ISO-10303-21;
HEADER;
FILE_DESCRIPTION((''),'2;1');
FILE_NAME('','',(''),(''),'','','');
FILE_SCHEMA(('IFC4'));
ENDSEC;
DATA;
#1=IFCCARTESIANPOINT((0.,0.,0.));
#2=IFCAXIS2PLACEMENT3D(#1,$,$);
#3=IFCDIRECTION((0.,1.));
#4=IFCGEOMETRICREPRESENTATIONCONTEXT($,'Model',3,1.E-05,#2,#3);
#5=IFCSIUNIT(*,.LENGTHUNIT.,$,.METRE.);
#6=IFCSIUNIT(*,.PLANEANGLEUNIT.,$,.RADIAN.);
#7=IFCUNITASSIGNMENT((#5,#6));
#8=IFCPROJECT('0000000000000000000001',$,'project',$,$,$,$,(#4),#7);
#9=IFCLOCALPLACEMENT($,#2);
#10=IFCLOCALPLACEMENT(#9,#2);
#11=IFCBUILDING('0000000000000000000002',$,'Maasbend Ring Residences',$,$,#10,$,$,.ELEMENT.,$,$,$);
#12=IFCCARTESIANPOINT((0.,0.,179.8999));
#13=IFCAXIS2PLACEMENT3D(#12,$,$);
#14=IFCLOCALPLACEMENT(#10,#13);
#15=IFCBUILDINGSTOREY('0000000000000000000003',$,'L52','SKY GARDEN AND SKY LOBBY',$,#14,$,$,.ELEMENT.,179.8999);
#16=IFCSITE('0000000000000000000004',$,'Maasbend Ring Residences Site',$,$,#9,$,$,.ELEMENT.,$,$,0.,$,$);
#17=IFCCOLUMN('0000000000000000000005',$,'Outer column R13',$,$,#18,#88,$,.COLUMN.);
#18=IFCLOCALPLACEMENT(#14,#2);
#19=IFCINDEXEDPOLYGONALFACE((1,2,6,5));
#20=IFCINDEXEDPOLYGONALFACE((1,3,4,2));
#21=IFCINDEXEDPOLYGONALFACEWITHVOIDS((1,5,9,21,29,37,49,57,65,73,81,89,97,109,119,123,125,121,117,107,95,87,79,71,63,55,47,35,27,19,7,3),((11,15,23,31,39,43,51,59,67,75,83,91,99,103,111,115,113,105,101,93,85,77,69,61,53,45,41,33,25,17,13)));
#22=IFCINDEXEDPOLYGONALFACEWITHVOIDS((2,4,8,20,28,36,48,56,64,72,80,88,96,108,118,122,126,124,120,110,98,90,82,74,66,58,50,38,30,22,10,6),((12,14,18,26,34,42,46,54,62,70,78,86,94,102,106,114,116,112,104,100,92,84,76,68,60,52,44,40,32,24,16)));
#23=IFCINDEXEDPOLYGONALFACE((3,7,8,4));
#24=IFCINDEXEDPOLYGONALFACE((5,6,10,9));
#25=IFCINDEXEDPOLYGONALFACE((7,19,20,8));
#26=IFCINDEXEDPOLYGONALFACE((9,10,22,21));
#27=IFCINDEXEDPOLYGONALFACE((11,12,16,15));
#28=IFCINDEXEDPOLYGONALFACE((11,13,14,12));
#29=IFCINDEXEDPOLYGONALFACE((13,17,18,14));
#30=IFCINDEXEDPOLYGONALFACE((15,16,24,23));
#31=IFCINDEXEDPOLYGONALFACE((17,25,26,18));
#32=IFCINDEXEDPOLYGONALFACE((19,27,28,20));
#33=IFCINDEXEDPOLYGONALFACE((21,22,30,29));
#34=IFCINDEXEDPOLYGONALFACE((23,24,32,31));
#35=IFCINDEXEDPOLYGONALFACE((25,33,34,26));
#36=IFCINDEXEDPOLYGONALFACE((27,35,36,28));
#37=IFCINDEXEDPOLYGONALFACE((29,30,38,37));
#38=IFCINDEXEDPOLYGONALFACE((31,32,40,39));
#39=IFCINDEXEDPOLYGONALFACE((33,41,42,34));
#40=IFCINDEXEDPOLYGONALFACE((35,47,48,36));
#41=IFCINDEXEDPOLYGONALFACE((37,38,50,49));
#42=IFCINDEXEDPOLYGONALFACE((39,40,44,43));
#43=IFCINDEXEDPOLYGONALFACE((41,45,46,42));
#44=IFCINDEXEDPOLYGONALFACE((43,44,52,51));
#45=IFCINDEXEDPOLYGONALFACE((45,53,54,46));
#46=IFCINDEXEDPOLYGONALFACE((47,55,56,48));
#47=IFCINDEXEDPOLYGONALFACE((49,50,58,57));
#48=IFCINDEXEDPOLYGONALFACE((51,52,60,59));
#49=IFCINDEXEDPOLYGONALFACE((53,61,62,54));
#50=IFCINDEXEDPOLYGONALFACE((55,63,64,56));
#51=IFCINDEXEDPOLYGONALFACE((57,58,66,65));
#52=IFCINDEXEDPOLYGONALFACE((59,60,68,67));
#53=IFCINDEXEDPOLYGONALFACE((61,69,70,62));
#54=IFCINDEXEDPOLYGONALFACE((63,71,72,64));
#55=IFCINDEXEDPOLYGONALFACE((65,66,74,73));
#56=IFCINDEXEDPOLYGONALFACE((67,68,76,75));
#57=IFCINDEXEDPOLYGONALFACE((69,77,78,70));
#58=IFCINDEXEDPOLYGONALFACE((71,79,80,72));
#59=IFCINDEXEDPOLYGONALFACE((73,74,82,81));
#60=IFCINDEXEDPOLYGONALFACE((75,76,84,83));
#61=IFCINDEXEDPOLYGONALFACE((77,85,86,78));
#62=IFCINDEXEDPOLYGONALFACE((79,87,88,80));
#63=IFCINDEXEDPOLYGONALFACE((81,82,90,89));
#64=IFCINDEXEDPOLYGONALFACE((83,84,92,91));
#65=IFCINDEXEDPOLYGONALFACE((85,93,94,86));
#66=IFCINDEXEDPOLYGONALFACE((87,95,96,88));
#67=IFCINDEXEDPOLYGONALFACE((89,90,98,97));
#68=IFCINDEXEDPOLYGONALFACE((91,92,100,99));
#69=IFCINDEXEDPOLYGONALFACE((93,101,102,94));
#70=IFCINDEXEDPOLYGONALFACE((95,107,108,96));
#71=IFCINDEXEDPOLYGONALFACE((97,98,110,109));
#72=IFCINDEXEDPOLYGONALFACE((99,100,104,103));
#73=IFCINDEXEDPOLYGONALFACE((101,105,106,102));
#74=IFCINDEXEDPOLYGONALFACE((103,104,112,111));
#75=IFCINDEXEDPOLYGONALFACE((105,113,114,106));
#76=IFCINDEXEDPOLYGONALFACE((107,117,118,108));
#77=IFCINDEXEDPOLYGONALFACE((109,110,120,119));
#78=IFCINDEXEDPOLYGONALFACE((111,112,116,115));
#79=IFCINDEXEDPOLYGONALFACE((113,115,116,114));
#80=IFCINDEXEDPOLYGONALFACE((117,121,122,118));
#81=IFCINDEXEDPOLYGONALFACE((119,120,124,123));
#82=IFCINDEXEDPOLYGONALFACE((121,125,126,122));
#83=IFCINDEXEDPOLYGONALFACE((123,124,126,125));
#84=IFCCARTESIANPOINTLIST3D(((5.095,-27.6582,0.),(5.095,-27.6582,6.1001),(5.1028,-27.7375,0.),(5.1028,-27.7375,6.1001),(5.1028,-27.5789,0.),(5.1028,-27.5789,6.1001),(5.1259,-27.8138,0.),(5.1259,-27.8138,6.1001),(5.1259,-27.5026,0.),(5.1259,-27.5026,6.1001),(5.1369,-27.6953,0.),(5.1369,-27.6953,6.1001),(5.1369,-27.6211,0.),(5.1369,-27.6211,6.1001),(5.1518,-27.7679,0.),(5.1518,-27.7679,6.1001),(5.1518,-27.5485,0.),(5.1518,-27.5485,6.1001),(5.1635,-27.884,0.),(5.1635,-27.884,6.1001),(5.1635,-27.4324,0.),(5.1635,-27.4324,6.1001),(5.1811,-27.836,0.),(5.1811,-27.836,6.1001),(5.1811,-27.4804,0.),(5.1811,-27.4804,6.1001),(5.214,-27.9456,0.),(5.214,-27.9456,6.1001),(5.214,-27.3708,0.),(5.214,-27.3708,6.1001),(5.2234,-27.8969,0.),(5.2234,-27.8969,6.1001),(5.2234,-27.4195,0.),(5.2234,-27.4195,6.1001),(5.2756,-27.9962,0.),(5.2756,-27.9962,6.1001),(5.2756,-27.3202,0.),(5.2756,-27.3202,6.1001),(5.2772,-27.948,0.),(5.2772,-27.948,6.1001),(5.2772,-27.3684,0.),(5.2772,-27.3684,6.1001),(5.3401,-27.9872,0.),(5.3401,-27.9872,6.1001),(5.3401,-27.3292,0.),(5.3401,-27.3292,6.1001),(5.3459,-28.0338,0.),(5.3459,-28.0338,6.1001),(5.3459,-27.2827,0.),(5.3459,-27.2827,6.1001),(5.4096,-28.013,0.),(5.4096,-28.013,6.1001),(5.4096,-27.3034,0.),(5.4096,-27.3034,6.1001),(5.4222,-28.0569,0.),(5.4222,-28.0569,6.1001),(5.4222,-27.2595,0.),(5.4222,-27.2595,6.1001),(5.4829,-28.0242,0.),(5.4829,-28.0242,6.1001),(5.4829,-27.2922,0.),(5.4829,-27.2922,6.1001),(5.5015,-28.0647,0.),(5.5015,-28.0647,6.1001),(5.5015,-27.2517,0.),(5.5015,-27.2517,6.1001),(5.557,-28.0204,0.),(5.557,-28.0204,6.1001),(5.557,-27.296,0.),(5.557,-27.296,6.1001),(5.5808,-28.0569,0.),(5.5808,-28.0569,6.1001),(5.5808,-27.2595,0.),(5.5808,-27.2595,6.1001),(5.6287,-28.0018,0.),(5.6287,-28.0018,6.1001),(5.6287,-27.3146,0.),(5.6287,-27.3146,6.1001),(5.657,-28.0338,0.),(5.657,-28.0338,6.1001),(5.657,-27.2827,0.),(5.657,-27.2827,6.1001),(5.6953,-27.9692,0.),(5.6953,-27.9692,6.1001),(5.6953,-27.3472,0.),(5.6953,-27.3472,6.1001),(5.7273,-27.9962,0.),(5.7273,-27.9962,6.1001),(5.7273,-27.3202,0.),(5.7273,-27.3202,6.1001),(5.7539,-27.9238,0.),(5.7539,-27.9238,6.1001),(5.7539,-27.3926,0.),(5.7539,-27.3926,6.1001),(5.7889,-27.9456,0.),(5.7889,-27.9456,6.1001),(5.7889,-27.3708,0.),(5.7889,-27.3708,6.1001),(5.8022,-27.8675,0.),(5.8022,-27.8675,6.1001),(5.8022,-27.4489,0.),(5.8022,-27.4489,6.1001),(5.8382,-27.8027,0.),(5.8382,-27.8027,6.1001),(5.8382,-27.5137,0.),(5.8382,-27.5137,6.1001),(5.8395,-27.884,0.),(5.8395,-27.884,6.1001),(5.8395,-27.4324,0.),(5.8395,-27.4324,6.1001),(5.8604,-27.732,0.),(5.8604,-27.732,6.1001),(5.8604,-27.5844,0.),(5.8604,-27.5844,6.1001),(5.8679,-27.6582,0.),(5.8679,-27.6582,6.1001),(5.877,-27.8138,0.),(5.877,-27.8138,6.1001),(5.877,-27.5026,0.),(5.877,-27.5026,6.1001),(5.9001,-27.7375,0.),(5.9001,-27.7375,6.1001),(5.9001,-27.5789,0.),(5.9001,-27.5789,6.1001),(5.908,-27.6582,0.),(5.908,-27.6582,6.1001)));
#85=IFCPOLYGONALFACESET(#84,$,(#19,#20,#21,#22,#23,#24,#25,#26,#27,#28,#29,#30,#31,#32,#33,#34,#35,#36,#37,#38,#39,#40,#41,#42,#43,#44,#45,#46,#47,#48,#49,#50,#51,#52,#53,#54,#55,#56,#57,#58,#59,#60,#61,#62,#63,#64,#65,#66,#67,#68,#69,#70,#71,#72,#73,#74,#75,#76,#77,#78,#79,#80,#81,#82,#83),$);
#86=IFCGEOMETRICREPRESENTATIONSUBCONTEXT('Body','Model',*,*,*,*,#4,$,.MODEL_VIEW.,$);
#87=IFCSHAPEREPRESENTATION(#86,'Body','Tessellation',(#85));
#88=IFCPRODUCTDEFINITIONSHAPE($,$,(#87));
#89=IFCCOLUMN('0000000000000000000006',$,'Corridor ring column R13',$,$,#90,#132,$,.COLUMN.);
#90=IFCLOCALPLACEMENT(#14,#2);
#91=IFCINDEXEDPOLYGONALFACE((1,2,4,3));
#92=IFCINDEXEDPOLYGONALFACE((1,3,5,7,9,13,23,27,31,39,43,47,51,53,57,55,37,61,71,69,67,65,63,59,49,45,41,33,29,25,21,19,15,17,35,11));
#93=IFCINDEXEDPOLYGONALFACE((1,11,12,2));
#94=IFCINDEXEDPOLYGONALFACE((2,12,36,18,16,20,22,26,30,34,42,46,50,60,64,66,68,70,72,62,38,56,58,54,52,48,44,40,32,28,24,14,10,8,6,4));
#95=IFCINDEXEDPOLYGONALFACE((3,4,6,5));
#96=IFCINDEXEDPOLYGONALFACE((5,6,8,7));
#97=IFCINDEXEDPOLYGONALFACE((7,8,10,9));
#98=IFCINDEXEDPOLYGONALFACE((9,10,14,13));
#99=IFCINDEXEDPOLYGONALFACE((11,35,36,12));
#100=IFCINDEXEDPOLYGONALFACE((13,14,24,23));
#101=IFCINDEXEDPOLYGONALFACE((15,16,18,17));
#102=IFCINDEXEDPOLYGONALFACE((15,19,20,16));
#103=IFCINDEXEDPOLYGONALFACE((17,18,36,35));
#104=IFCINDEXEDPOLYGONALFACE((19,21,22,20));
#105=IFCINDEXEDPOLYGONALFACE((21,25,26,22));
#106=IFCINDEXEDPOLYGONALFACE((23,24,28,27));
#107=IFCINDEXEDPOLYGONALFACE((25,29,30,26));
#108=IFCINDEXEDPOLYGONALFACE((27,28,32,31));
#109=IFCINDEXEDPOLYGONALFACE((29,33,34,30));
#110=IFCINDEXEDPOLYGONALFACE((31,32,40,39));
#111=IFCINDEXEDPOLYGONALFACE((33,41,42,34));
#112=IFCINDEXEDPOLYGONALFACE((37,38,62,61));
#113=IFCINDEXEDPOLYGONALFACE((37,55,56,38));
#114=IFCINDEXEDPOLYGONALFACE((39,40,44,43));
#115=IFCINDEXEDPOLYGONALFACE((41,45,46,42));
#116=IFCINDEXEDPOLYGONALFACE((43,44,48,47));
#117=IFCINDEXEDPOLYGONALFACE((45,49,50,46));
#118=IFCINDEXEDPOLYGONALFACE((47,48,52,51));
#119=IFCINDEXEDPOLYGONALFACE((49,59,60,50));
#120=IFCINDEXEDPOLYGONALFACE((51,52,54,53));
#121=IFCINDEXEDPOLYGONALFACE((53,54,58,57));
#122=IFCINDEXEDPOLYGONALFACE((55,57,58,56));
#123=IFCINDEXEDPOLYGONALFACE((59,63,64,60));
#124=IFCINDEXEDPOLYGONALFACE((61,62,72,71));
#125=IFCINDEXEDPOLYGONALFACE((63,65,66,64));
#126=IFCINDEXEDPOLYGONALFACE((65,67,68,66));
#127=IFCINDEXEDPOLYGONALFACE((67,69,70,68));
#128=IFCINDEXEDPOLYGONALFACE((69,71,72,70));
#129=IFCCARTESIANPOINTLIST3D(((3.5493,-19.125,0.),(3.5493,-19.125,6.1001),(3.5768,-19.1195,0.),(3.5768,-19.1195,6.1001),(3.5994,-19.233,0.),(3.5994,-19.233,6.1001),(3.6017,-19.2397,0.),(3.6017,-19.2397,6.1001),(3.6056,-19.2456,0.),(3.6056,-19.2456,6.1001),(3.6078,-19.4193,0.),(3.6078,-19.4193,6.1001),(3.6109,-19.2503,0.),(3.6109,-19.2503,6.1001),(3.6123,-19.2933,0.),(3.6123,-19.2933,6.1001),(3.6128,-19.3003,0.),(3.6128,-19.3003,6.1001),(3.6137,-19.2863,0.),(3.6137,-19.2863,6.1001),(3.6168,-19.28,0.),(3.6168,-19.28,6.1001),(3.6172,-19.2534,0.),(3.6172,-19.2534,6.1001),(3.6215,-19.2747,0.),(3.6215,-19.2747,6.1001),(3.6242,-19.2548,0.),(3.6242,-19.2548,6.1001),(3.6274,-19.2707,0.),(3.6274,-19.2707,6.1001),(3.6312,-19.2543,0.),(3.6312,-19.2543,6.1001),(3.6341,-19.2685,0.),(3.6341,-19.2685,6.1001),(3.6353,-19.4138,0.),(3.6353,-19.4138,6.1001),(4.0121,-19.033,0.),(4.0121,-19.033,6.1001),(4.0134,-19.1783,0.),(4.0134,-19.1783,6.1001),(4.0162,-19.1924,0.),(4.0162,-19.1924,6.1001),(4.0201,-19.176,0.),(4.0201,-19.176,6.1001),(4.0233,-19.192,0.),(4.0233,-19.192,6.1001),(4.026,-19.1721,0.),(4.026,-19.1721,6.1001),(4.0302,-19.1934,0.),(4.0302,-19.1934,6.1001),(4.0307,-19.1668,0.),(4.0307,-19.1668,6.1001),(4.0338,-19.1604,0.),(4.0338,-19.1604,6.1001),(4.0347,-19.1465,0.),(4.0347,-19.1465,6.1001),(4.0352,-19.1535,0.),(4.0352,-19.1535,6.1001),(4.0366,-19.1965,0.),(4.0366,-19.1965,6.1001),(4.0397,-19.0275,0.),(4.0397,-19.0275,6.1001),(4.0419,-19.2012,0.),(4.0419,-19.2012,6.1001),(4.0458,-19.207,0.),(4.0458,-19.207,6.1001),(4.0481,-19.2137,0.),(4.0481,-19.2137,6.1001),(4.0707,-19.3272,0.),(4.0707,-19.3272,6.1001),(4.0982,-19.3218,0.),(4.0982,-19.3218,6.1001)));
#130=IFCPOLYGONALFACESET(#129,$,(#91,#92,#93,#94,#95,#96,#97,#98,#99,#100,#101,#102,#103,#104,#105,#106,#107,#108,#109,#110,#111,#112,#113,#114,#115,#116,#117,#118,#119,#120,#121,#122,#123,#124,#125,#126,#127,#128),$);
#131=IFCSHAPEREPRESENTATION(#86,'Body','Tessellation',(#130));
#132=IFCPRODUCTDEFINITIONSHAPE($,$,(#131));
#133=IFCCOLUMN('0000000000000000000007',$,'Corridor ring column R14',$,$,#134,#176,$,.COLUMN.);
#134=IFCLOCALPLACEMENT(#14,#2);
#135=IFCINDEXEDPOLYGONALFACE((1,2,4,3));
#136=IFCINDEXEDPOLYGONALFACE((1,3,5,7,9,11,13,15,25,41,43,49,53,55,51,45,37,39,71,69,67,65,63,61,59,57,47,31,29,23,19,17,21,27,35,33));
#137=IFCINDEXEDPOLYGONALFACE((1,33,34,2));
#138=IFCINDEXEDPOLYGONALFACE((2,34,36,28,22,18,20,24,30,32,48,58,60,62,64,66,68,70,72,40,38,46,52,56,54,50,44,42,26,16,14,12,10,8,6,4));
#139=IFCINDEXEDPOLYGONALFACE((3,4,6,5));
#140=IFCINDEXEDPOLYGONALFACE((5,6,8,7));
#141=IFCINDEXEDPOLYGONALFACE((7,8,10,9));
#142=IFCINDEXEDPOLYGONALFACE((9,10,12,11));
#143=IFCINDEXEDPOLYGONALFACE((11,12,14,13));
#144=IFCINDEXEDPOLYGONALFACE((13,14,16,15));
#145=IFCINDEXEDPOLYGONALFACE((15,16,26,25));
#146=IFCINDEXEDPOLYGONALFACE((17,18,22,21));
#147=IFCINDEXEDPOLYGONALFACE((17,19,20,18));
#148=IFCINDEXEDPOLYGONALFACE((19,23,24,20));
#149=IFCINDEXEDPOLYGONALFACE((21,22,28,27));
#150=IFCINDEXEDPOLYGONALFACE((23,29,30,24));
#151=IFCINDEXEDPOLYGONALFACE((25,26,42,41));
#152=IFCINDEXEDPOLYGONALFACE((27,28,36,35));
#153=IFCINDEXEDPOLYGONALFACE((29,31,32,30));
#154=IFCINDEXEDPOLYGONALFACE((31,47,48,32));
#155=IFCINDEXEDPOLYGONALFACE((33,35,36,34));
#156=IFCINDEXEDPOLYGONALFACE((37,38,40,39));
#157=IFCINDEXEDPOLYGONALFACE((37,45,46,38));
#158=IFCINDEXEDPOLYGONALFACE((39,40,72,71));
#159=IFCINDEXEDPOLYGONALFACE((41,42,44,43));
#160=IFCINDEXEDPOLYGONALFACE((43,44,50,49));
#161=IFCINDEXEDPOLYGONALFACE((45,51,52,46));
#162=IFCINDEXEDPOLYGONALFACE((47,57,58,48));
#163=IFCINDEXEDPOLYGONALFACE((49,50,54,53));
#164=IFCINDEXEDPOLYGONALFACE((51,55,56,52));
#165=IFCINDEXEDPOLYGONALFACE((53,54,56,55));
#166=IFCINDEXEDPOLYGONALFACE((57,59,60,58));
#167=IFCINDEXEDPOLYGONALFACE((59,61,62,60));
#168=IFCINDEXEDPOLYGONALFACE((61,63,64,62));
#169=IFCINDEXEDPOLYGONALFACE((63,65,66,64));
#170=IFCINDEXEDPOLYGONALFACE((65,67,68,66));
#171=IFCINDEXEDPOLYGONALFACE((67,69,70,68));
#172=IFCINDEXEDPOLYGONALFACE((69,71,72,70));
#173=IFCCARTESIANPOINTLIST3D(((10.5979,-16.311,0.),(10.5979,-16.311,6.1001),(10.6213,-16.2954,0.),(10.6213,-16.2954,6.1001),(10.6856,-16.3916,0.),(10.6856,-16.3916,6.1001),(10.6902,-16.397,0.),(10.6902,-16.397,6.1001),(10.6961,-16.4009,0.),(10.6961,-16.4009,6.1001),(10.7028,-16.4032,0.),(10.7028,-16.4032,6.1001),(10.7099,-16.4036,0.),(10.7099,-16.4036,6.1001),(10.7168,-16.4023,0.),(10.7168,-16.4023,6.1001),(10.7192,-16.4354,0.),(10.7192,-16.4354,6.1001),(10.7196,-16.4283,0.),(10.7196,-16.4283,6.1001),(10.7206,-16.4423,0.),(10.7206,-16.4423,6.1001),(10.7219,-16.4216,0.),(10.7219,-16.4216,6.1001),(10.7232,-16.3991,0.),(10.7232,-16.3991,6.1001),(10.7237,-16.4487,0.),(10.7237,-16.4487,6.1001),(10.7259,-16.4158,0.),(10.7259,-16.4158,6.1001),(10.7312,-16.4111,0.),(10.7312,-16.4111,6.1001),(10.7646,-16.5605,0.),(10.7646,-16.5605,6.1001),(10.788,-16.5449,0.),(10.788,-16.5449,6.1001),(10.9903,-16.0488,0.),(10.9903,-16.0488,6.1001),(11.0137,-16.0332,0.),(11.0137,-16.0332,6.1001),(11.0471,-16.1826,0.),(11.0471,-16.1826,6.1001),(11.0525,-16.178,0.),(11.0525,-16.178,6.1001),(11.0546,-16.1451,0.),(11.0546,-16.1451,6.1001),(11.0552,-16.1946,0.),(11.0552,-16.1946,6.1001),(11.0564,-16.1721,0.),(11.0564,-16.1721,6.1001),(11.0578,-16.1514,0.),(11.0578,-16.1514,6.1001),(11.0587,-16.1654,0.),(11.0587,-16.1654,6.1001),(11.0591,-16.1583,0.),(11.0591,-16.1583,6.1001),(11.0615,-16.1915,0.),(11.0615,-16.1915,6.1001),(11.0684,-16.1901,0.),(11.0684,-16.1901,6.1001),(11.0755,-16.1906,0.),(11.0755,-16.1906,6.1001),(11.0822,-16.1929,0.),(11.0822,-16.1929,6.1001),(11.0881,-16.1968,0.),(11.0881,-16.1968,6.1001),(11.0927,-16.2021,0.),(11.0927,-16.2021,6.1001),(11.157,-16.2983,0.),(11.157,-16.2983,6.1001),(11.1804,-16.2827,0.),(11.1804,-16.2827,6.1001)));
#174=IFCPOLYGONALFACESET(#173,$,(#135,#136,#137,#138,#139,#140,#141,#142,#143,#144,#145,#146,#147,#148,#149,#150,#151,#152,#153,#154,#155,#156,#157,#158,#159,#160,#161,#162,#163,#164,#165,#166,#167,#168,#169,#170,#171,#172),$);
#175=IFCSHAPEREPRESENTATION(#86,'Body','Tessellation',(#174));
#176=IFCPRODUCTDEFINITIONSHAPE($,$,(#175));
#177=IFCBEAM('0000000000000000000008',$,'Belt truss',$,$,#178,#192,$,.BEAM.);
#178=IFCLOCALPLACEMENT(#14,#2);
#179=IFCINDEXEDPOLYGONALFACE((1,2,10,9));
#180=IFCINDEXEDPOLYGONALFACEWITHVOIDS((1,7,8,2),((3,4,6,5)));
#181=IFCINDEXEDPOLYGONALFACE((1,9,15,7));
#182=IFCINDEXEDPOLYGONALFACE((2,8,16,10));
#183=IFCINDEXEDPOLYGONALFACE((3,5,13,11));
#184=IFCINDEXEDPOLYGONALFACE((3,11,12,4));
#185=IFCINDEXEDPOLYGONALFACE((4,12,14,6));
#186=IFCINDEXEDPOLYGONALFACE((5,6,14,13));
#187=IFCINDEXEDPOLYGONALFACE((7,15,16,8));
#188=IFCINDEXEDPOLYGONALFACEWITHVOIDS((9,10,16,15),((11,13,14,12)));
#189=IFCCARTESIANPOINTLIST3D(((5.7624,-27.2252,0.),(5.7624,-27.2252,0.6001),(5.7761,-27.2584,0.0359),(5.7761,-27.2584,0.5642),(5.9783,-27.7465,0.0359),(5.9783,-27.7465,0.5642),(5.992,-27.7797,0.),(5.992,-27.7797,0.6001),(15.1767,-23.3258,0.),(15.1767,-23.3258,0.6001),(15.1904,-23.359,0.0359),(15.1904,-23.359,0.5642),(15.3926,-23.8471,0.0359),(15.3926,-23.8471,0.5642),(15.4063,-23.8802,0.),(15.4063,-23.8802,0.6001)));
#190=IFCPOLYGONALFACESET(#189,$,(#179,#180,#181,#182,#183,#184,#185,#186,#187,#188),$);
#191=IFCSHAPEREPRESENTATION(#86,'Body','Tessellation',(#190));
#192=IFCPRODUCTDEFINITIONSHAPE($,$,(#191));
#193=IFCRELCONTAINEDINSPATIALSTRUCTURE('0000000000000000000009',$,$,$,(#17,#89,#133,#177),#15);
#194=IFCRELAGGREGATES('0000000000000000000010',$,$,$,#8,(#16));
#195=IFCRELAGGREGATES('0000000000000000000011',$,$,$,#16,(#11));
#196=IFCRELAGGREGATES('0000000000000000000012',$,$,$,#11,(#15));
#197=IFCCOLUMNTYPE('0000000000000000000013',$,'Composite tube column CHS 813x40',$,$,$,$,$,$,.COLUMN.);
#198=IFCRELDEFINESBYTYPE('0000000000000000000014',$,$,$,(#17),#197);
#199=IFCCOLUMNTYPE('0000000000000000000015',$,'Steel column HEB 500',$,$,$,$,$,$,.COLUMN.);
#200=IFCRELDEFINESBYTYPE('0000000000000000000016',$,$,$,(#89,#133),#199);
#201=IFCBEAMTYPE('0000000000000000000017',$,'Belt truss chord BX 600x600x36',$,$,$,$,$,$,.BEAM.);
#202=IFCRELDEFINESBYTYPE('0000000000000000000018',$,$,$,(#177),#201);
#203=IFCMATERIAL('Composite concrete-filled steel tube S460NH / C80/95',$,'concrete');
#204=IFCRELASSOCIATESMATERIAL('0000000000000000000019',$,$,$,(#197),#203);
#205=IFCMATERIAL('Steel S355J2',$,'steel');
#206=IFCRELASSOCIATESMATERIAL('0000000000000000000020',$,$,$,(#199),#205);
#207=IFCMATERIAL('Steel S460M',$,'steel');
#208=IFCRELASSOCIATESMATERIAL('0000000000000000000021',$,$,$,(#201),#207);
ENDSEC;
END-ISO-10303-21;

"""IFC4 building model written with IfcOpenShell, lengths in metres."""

from ifc_helpers import new_model, si_unit, direction, frame, origin, origin_2d, place, context, subcontext, project, spatial, hollow_rectangle, hollow_circle, i_section, extrude, material, material_profile, profile_set, type_object, element, save


model = new_model("IFC4")

# Units and contexts
model_context = context("Model", 3, precision=1e-05, world=origin(), true_north=direction((0.0, 1.0)))
body_context = subcontext(model_context, "Body", "Model", "MODEL_VIEW")
ifc_project = project(units=[si_unit("LENGTHUNIT", "METRE"), si_unit("PLANEANGLEUNIT", "RADIAN")], contexts=[model_context])

# Site, building, storey
site_placement = place(None, origin())
site = spatial("IfcSite", under=ifc_project, at=site_placement, Name="Maasbend Ring Residences Site", CompositionType="ELEMENT", RefElevation=0.0)
building_placement = place(site_placement, origin())
building = spatial("IfcBuilding", under=site, at=building_placement, Name="Maasbend Ring Residences", CompositionType="ELEMENT")
storey_placement = place(building_placement, frame((0.0, 0.0, 179.8999)))
storey = spatial("IfcBuildingStorey", under=building, at=storey_placement, Name="L52", Description="SKY GARDEN AND SKY LOBBY", CompositionType="ELEMENT", Elevation=179.8999)

# Columns
ifc_material_1 = material(Name="Composite concrete-filled steel tube S460NH / C80/95", Category="concrete")
ifc_material_profile_1 = material_profile(ifc_material_1, hollow_circle(Radius=0.4065, WallThickness=0.04, at=origin_2d()), Name="Composite tube column CHS 813x40")
ifc_profile_set_1 = profile_set([ifc_material_profile_1], Name="Composite concrete-filled steel tube S460NH / C80/95")
column_type_1 = type_object("IfcColumnType", Name="Composite tube column CHS 813x40", PredefinedType="COLUMN", material=ifc_profile_set_1)
column_placement = place(storey_placement, frame((5.5015, -27.6582, 0.0), z_axis=(0.0, 0.0, 1.0), x_axis=(1.0, 0.0, 0.0)))
element("IfcColumn", 1, at=column_placement, inside=storey, type_object=column_type_1, Name="Outer column R13", PredefinedType="COLUMN", context=body_context, shape_type="SweptSolid", body=[
    extrude(hollow_circle(Radius=0.4065, WallThickness=0.04, at=origin_2d()), origin(), (0.0, 0.0, 1.0), 6.1001),
])
ifc_material_2 = material(Name="Steel S355J2", Category="steel")
ifc_material_profile_2 = material_profile(ifc_material_2, i_section(OverallWidth=0.3, OverallDepth=0.5, WebThickness=0.0144, FlangeThickness=0.0281, FilletRadius=0.0271, at=origin_2d()), Name="HEB 500")
ifc_profile_set_2 = profile_set([ifc_material_profile_2], Name="Steel S355J2")
column_type_2 = type_object("IfcColumnType", Name="Steel column HEB 500", PredefinedType="COLUMN", material=ifc_profile_set_2)
for number, where, z_axis, x_axis, name in (
    (2, (3.8237, -19.2234, 0.0), (0.0, 0.0, 1.0), (0.19509, -0.980785, 0.0), "Corridor ring column R13"),
    (3, (10.8892, -16.2969, 0.0), (0.0, 0.0, 1.0), (0.55557, -0.83147, 0.0), "Corridor ring column R14"),
):
    element("IfcColumn", number, at=place(storey_placement, frame(where, z_axis=z_axis, x_axis=x_axis)), inside=storey, type_object=column_type_2, Name=name, PredefinedType="COLUMN", context=body_context, shape_type="SweptSolid", body=[
        extrude(i_section(OverallWidth=0.3, OverallDepth=0.5, WebThickness=0.0144, FlangeThickness=0.0281, FilletRadius=0.0271, at=origin_2d()), origin(), (0.0, 0.0, 1.0), 6.1001),
    ])

# Beam
ifc_material_3 = material(Name="Steel S460M", Category="steel")
ifc_material_profile_3 = material_profile(ifc_material_3, hollow_rectangle(XDim=0.6001, YDim=0.6001, WallThickness=0.0359, at=origin_2d()), Name="Belt truss chord BX 600x600x36")
ifc_profile_set_3 = profile_set([ifc_material_profile_3], Name="Steel S460M")
beam_type_1 = type_object("IfcBeamType", Name="Belt truss chord BX 600x600x36", PredefinedType="BEAM", material=ifc_profile_set_3)
for number, where, z_axis, x_axis, name in (
    (4, (5.8772, -27.5024, 0.3), (0.923884, 0.382673, 0.0), (-0.382673, 0.923884, 0.0), "Belt truss"),
):
    element("IfcBeam", number, at=place(storey_placement, frame(where, z_axis=z_axis, x_axis=x_axis)), inside=storey, type_object=beam_type_1, Name=name, PredefinedType="BEAM", context=body_context, shape_type="SweptSolid", body=[
        extrude(hollow_rectangle(XDim=0.6001, YDim=0.6001, WallThickness=0.0359, at=origin_2d()), origin(), (0.0, 0.0, 1.0), 10.1899),
    ])

save(model, "model.ifc")
